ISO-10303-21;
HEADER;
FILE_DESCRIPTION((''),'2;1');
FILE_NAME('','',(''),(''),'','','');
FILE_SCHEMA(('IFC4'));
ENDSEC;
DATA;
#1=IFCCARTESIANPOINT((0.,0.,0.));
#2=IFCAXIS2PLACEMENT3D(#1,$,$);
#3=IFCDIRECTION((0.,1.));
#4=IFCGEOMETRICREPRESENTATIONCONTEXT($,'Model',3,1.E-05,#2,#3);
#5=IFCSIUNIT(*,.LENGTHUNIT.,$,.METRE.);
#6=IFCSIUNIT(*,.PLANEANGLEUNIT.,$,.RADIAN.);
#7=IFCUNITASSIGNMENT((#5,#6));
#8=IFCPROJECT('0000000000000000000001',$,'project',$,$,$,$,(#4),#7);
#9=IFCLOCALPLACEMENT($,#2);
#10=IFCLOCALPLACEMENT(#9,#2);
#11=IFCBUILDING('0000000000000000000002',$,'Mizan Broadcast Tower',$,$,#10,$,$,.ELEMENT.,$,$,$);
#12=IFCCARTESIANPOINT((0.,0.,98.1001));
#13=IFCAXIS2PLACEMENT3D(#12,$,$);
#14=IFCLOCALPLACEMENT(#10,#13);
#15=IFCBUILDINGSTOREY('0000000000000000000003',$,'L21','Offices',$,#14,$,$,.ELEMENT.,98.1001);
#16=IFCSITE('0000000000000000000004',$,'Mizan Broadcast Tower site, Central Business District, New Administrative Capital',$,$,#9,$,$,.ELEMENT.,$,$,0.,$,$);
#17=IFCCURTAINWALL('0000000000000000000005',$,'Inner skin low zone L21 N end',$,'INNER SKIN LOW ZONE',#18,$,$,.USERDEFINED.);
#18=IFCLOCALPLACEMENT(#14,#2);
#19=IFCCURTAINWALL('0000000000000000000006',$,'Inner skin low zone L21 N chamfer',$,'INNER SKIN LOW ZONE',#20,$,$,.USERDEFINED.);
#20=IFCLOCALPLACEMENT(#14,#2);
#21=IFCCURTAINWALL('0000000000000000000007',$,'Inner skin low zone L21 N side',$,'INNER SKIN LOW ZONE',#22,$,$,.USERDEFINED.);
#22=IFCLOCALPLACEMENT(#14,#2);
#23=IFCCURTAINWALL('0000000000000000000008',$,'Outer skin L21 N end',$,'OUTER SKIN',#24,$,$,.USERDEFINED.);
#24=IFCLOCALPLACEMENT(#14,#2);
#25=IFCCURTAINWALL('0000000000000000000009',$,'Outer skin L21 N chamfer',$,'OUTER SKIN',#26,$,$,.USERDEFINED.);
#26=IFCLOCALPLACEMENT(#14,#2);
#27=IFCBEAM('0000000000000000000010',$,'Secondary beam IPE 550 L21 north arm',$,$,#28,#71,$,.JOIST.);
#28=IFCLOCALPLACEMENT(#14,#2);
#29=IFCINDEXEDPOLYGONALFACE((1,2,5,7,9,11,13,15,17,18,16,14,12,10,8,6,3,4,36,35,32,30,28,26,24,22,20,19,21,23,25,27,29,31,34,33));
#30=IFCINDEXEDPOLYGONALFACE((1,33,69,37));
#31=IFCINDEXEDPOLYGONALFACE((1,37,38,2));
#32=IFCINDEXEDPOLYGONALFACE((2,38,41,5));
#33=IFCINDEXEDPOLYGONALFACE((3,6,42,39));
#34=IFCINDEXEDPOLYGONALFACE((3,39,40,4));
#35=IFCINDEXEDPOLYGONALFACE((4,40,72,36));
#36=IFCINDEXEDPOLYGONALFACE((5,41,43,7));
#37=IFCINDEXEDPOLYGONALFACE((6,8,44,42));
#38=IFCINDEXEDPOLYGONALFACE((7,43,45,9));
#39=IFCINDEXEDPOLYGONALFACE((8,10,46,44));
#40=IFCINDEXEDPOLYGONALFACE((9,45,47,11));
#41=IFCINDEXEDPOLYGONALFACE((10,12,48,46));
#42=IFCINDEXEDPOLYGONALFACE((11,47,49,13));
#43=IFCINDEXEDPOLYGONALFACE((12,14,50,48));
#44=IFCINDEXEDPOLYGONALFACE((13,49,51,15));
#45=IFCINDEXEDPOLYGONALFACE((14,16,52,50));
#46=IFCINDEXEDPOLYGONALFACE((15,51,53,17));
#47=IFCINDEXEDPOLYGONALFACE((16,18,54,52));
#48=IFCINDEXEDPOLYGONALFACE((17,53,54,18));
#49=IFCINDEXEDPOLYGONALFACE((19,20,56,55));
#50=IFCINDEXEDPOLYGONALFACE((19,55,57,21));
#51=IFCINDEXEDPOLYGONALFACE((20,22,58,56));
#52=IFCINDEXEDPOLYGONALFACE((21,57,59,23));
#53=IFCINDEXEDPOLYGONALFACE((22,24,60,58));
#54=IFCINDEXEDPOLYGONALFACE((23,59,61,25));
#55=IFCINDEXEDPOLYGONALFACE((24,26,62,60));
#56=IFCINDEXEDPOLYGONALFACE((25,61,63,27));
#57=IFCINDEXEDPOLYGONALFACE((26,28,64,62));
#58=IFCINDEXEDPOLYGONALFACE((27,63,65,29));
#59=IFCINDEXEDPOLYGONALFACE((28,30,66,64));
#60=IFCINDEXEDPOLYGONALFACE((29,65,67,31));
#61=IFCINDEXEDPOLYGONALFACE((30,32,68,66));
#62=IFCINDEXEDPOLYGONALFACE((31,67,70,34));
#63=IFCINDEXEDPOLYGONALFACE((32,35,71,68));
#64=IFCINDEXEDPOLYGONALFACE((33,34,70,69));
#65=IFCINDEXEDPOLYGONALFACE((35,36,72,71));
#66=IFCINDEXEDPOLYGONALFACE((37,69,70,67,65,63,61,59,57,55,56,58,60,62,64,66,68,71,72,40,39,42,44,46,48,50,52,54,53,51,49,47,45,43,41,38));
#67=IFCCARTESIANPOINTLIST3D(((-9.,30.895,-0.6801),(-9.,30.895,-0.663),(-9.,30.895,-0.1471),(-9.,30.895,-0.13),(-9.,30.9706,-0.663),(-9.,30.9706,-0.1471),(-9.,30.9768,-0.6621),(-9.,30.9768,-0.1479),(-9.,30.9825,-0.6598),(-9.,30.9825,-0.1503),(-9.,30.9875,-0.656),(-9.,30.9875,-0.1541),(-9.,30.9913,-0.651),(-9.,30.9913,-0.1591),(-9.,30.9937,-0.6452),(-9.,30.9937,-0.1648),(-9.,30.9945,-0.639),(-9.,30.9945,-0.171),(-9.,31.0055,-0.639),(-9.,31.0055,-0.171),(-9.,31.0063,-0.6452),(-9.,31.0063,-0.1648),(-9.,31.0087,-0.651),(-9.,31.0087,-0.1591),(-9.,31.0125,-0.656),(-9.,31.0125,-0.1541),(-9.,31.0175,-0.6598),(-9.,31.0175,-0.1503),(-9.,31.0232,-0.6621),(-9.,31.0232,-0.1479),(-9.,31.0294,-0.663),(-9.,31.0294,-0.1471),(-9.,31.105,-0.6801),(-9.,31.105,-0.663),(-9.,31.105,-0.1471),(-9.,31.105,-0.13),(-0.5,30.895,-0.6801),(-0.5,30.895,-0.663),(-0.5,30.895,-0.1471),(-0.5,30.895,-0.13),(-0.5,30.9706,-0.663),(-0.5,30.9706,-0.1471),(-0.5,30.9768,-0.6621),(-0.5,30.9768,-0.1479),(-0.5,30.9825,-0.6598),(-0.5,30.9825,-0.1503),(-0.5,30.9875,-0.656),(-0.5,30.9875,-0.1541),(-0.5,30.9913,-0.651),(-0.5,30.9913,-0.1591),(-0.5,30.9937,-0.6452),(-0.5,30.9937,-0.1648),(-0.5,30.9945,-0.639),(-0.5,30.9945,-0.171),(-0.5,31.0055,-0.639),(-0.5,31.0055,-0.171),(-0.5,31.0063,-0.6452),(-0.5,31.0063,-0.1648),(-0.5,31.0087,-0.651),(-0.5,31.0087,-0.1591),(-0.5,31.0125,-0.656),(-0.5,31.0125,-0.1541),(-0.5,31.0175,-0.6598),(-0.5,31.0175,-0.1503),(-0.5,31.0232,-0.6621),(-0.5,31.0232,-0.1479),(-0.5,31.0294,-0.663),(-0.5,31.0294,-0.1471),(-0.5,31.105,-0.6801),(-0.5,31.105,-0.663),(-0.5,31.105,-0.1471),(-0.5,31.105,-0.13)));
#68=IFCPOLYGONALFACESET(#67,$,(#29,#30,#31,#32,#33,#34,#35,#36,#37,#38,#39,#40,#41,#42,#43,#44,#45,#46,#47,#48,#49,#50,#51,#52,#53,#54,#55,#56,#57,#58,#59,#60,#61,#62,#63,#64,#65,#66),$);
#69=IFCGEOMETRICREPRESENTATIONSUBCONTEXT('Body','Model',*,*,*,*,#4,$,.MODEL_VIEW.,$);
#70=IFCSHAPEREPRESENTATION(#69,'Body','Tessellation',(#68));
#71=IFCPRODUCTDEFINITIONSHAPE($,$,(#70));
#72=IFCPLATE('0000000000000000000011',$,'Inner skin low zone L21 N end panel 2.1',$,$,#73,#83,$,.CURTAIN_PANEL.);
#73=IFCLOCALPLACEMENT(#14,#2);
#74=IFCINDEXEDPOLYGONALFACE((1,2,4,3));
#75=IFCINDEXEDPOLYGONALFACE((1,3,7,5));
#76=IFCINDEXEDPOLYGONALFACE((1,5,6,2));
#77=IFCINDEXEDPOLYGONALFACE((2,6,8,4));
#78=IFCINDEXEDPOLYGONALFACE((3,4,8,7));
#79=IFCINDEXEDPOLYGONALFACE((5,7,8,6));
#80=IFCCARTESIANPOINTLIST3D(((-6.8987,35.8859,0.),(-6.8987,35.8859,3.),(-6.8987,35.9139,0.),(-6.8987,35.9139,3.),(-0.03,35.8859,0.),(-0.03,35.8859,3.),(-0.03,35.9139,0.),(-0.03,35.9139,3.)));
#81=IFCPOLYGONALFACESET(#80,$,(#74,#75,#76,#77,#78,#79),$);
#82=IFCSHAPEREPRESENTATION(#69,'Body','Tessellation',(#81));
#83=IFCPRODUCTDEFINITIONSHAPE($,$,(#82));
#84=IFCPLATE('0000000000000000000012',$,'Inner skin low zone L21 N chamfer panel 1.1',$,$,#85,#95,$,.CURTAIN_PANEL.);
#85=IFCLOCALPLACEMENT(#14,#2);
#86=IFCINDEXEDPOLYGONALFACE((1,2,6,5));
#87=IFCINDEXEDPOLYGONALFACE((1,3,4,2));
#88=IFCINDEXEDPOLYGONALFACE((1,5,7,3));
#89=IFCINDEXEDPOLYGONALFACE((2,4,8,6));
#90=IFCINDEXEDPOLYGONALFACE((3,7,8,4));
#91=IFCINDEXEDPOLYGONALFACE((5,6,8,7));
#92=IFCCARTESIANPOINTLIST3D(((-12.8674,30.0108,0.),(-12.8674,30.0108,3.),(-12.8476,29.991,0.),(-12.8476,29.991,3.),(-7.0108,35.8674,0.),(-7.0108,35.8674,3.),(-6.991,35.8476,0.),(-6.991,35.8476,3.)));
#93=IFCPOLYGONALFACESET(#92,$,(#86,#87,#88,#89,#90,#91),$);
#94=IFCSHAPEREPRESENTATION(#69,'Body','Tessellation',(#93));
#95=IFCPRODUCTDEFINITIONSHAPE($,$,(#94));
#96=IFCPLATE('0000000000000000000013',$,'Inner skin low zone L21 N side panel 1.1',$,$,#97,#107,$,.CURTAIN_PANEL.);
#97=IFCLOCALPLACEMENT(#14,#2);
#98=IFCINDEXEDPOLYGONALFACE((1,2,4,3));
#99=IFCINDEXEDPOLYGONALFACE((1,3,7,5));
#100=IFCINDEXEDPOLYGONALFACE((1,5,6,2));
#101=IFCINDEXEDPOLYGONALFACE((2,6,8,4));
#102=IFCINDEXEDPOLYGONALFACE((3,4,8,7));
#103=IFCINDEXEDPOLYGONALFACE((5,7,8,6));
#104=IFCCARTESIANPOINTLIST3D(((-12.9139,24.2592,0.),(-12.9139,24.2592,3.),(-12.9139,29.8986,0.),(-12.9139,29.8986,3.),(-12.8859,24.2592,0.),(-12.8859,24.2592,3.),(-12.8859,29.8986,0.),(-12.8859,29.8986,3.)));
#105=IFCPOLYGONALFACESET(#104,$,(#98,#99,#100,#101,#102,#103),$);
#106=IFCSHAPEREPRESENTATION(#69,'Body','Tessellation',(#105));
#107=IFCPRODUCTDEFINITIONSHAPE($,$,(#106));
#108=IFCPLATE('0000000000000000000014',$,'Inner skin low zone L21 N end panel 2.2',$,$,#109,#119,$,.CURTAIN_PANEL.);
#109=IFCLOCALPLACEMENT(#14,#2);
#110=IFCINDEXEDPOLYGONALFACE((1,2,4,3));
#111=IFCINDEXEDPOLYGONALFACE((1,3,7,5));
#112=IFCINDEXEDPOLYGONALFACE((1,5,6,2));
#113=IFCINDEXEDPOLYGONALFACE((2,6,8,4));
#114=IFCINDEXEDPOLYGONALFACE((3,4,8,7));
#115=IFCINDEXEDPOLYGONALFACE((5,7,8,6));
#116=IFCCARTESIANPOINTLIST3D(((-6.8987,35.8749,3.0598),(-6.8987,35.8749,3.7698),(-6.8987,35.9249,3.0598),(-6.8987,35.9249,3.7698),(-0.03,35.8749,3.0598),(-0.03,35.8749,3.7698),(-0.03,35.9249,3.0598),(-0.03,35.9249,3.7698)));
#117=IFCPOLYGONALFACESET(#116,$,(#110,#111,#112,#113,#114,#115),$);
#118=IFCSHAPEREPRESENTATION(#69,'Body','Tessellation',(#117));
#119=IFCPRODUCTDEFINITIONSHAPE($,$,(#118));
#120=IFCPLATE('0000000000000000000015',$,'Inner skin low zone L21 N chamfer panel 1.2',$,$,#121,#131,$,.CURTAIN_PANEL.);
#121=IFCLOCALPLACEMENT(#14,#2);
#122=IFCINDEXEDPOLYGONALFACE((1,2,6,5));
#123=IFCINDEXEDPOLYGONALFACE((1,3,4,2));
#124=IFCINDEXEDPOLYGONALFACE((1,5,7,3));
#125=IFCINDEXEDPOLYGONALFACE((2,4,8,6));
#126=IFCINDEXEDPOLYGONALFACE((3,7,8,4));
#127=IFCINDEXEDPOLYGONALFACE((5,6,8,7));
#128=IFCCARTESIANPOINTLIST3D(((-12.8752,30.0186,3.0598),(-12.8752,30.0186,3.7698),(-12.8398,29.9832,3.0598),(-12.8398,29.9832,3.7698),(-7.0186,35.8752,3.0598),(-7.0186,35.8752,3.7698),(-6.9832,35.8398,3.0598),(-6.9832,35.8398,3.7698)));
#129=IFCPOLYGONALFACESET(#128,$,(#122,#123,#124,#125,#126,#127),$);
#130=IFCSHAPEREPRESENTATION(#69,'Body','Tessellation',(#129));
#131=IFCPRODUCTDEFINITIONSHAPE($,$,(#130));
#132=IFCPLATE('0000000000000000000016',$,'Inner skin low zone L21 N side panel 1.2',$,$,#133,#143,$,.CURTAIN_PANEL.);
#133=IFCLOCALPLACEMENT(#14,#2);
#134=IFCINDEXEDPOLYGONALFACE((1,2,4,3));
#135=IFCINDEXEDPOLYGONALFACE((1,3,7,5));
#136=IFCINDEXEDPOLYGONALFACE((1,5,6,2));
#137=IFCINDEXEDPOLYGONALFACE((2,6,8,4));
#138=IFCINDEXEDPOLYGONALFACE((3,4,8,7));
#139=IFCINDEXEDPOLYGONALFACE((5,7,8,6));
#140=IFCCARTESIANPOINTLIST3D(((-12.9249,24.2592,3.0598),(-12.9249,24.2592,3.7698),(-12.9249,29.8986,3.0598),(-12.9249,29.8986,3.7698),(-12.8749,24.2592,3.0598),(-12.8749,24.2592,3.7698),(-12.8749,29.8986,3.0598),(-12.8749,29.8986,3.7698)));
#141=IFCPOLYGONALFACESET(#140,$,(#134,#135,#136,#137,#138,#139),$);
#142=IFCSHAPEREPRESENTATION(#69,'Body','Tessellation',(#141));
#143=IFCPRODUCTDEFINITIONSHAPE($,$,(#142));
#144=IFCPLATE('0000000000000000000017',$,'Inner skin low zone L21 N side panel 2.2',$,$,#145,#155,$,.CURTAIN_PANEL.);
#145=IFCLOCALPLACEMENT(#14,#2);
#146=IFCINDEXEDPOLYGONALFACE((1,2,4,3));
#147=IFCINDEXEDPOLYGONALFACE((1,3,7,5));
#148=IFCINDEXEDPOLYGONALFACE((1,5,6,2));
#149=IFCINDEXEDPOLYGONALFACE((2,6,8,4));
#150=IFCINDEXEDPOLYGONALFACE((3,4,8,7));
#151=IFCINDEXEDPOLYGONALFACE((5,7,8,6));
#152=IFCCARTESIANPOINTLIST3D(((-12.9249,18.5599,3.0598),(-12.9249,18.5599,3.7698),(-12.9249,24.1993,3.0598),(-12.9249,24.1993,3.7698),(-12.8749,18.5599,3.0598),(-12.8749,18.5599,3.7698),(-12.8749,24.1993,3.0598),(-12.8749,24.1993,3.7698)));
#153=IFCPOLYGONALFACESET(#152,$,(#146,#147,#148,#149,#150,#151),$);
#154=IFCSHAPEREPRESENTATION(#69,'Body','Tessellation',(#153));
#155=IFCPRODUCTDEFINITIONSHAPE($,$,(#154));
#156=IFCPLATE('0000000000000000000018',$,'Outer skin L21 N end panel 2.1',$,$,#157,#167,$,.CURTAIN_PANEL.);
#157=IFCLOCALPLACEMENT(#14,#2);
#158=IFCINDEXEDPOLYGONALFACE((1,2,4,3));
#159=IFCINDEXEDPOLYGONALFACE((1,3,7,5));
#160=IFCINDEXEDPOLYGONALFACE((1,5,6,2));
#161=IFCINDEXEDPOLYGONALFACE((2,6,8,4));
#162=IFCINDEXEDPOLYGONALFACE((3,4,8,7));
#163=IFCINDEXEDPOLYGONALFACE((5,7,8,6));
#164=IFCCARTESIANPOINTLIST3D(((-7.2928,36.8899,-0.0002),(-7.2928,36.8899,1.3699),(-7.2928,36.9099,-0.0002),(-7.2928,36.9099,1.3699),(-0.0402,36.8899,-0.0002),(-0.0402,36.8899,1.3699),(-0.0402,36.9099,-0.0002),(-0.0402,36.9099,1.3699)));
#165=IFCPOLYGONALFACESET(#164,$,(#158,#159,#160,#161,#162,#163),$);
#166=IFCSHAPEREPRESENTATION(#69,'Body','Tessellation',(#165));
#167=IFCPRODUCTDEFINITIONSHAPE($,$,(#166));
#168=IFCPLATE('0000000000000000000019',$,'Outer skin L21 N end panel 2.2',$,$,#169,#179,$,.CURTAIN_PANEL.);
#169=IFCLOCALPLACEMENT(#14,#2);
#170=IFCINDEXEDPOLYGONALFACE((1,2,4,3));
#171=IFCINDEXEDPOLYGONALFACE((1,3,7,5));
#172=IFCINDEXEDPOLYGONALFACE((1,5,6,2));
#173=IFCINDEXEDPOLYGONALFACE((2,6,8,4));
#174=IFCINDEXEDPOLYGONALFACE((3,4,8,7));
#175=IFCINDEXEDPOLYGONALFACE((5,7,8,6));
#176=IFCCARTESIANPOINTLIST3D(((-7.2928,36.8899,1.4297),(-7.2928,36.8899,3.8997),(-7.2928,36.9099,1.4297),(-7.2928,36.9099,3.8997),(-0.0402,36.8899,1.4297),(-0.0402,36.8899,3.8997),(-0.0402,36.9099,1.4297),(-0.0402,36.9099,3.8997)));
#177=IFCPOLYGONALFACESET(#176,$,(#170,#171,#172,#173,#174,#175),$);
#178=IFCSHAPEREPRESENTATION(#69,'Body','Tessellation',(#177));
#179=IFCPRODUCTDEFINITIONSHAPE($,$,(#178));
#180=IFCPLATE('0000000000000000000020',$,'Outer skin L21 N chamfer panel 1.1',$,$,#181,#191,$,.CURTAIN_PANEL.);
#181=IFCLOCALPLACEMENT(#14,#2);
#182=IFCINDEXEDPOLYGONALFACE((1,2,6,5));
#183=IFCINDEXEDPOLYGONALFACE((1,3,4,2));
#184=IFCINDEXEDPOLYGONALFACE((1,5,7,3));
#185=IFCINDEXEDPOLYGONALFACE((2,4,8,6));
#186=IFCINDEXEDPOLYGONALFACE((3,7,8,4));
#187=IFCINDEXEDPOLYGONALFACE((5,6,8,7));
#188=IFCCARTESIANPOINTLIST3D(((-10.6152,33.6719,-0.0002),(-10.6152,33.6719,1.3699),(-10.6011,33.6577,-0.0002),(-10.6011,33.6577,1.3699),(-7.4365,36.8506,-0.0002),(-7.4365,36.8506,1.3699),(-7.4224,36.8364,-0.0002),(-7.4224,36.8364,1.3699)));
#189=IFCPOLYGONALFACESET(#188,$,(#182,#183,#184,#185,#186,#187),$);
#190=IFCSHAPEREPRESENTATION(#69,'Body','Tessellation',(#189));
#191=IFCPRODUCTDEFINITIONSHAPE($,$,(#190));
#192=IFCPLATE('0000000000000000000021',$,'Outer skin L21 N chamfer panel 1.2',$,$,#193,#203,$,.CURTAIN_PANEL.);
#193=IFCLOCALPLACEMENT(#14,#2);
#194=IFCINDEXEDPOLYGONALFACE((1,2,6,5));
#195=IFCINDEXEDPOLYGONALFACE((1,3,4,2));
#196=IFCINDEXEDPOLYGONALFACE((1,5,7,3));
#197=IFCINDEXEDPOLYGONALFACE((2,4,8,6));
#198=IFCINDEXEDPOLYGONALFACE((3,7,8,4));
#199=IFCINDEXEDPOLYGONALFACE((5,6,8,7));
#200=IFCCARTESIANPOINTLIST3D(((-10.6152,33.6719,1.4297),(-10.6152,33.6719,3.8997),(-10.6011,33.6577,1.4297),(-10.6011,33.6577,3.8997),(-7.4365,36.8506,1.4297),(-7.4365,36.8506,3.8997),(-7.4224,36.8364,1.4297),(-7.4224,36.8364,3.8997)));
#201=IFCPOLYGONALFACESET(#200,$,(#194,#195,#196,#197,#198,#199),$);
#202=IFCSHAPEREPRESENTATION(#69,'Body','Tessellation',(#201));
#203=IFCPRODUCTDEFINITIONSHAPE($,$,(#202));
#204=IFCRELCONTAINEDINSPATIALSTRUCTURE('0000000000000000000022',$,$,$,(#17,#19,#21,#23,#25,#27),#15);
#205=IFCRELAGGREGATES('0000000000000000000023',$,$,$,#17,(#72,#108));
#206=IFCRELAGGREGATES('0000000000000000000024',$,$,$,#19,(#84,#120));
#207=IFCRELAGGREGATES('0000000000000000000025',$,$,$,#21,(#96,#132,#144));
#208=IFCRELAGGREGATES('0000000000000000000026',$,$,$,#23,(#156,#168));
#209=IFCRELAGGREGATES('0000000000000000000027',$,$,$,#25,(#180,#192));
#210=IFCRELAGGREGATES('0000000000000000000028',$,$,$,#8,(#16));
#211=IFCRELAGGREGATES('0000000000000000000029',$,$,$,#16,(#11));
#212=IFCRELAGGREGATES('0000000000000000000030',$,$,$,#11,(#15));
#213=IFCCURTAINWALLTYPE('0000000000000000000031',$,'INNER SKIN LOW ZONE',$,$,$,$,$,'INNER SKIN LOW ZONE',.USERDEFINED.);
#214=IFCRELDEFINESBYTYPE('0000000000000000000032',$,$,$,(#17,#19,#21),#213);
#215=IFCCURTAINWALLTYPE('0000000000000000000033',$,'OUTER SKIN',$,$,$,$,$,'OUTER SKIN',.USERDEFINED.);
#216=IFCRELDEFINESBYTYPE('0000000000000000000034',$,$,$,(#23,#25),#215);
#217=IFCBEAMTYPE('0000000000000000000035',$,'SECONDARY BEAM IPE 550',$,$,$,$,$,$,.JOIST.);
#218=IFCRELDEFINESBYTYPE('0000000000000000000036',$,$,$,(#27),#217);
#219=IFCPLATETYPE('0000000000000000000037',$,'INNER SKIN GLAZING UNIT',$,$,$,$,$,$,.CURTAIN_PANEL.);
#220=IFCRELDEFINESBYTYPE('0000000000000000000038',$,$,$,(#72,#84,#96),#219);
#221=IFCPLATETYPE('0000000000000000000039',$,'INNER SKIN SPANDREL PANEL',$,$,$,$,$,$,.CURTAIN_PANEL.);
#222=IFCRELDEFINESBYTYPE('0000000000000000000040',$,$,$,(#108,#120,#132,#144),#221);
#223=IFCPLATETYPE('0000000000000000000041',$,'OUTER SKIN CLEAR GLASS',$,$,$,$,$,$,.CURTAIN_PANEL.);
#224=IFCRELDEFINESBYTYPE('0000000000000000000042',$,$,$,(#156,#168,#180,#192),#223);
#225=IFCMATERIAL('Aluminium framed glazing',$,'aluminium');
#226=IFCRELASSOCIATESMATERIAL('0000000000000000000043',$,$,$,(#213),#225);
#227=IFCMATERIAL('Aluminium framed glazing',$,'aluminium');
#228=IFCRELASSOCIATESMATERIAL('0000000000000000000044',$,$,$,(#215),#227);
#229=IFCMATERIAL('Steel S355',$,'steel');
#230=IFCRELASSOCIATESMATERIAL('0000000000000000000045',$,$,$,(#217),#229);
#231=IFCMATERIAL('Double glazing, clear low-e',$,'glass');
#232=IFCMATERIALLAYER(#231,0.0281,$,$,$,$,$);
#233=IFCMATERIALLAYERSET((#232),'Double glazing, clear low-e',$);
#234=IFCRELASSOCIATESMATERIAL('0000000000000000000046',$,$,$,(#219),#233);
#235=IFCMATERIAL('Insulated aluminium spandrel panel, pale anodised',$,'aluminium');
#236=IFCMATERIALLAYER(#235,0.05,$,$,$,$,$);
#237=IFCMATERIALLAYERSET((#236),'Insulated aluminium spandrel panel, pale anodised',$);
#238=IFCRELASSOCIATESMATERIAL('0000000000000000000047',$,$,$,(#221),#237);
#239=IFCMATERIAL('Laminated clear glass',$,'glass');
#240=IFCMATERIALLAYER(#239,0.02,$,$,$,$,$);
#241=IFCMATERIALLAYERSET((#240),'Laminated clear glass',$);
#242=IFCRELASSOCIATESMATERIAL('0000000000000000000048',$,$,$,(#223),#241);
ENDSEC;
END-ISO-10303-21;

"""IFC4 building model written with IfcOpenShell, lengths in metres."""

from ifc_helpers import new_model, si_unit, direction, frame, origin, origin_2d, place, context, subcontext, project, spatial, rectangle, i_section, extrude, material, layer, layer_set, material_profile, profile_set, type_object, element, aggregate, save


model = new_model("IFC4")

# Units and contexts
model_context = context("Model", 3, precision=1e-05, world=origin(), true_north=direction((0.0, 1.0)))
body_context = subcontext(model_context, "Body", "Model", "MODEL_VIEW")
ifc_project = project(units=[si_unit("LENGTHUNIT", "METRE"), si_unit("PLANEANGLEUNIT", "RADIAN")], contexts=[model_context])

# Site, building, storey
site_placement = place(None, origin())
site = spatial("IfcSite", under=ifc_project, at=site_placement, Name="Mizan Broadcast Tower site, Central Business District, New Administrative Capital", CompositionType="ELEMENT", RefElevation=0.0)
building_placement = place(site_placement, origin())
building = spatial("IfcBuilding", under=site, at=building_placement, Name="Mizan Broadcast Tower", CompositionType="ELEMENT")
storey_placement = place(building_placement, frame((0.0, 0.0, 98.1001)))
storey = spatial("IfcBuildingStorey", under=building, at=storey_placement, Name="L21", Description="Offices", CompositionType="ELEMENT", Elevation=98.1001)

# Curtain walls
ifc_material_1 = material(Name="Aluminium framed glazing", Category="aluminium")
curtain_wall_type_1 = type_object("IfcCurtainWallType", Name="INNER SKIN LOW ZONE", ElementType="INNER SKIN LOW ZONE", PredefinedType="USERDEFINED", material=ifc_material_1)
curtain_wall_1_placement = place(storey_placement, origin())
curtain_wall_1 = element("IfcCurtainWall", 1, at=curtain_wall_1_placement, inside=storey, type_object=curtain_wall_type_1, Name="Inner skin low zone L21 N end", ObjectType="INNER SKIN LOW ZONE", PredefinedType="USERDEFINED")
curtain_wall_2_placement = place(storey_placement, origin())
curtain_wall_2 = element("IfcCurtainWall", 2, at=curtain_wall_2_placement, inside=storey, type_object=curtain_wall_type_1, Name="Inner skin low zone L21 N chamfer", ObjectType="INNER SKIN LOW ZONE", PredefinedType="USERDEFINED")
curtain_wall_3_placement = place(storey_placement, origin())
curtain_wall_3 = element("IfcCurtainWall", 3, at=curtain_wall_3_placement, inside=storey, type_object=curtain_wall_type_1, Name="Inner skin low zone L21 N side", ObjectType="INNER SKIN LOW ZONE", PredefinedType="USERDEFINED")

# Curtain walls
ifc_material_2 = material(Name="Aluminium framed glazing", Category="aluminium")
curtain_wall_type_2 = type_object("IfcCurtainWallType", Name="OUTER SKIN", ElementType="OUTER SKIN", PredefinedType="USERDEFINED", material=ifc_material_2)
curtain_wall_4_placement = place(storey_placement, origin())
curtain_wall_4 = element("IfcCurtainWall", 4, at=curtain_wall_4_placement, inside=storey, type_object=curtain_wall_type_2, Name="Outer skin L21 N end", ObjectType="OUTER SKIN", PredefinedType="USERDEFINED")
curtain_wall_5_placement = place(storey_placement, origin())
curtain_wall_5 = element("IfcCurtainWall", 5, at=curtain_wall_5_placement, inside=storey, type_object=curtain_wall_type_2, Name="Outer skin L21 N chamfer", ObjectType="OUTER SKIN", PredefinedType="USERDEFINED")

# Beam
ifc_material_3 = material(Name="Steel S355", Category="steel")
ifc_material_profile_1 = material_profile(ifc_material_3, i_section(OverallWidth=0.21, OverallDepth=0.55, WebThickness=0.011, FlangeThickness=0.0171, FilletRadius=0.0239, at=origin_2d()), Name="IPE 550")
ifc_profile_set_1 = profile_set([ifc_material_profile_1], Name="Steel S355")
beam_type_1 = type_object("IfcBeamType", Name="SECONDARY BEAM IPE 550", PredefinedType="JOIST", material=ifc_profile_set_1)
beam_1_placement = place(storey_placement, frame((-9.0, 31.0, -0.405), z_axis=(1.0, 0.0, 0.0), x_axis=(0.0, 1.0, 0.0)))
element("IfcBeam", 6, at=beam_1_placement, inside=storey, type_object=beam_type_1, Name="Secondary beam IPE 550 L21 north arm", PredefinedType="JOIST", context=body_context, shape_type="SweptSolid", body=[
    extrude(i_section(OverallWidth=0.21, OverallDepth=0.55, WebThickness=0.011, FlangeThickness=0.0171, FilletRadius=0.0239, at=origin_2d()), origin(), (0.0, 0.0, 1.0), 8.5),
])

# Plates
ifc_material_4 = material(Name="Double glazing, clear low-e", Category="glass")
ifc_layer_1 = layer(ifc_material_4, 0.0281)
ifc_layer_set_1 = layer_set([ifc_layer_1], Name="Double glazing, clear low-e")
plate_type_1 = type_object("IfcPlateType", Name="INNER SKIN GLAZING UNIT", PredefinedType="CURTAIN_PANEL", material=ifc_layer_set_1)
plate_1_placement = place(storey_placement, frame((-3.4644, 35.8999, 0.0), z_axis=(0.0, 0.0, 1.0), x_axis=(-1.0, 0.0, 0.0)))
plate_1 = element("IfcPlate", 7, at=plate_1_placement, type_object=plate_type_1, Name="Inner skin low zone L21 N end panel 2.1", PredefinedType="CURTAIN_PANEL", context=body_context, shape_type="SweptSolid", body=[
    extrude(rectangle(XDim=6.8687, YDim=0.0281, at=origin_2d()), origin(), (0.0, 0.0, 1.0), 3.0),
])
plate_2_placement = place(storey_placement, frame((-9.9292, 32.9292, 0.0), z_axis=(0.0, 0.0, 1.0), x_axis=(-0.707107, -0.707107, 0.0)))
plate_2 = element("IfcPlate", 8, at=plate_2_placement, type_object=plate_type_1, Name="Inner skin low zone L21 N chamfer panel 1.1", PredefinedType="CURTAIN_PANEL", context=body_context, shape_type="SweptSolid", body=[
    extrude(rectangle(XDim=8.2825, YDim=0.0281, at=origin_2d()), origin(), (0.0, 0.0, 1.0), 3.0),
])
plate_3_placement = place(storey_placement, frame((-12.8999, 27.0789, 0.0), z_axis=(0.0, 0.0, 1.0), x_axis=(0.0, -1.0, 0.0)))
plate_3 = element("IfcPlate", 9, at=plate_3_placement, type_object=plate_type_1, Name="Inner skin low zone L21 N side panel 1.1", PredefinedType="CURTAIN_PANEL", context=body_context, shape_type="SweptSolid", body=[
    extrude(rectangle(XDim=5.6394, YDim=0.0281, at=origin_2d()), origin(), (0.0, 0.0, 1.0), 3.0),
])
ifc_material_5 = material(Name="Insulated aluminium spandrel panel, pale anodised", Category="aluminium")
ifc_layer_2 = layer(ifc_material_5, 0.05)
ifc_layer_set_2 = layer_set([ifc_layer_2], Name="Insulated aluminium spandrel panel, pale anodised")
plate_type_2 = type_object("IfcPlateType", Name="INNER SKIN SPANDREL PANEL", PredefinedType="CURTAIN_PANEL", material=ifc_layer_set_2)
plate_4_placement = place(storey_placement, frame((-3.4644, 35.8999, 3.0598), z_axis=(0.0, 0.0, 1.0), x_axis=(-1.0, 0.0, 0.0)))
plate_4 = element("IfcPlate", 10, at=plate_4_placement, type_object=plate_type_2, Name="Inner skin low zone L21 N end panel 2.2", PredefinedType="CURTAIN_PANEL", context=body_context, shape_type="SweptSolid", body=[
    extrude(rectangle(XDim=6.8687, YDim=0.05, at=origin_2d()), origin(), (0.0, 0.0, 1.0), 0.71),
])
aggregate(curtain_wall_1, [plate_1, plate_4])
plate_5_placement = place(storey_placement, frame((-9.9292, 32.9292, 3.0598), z_axis=(0.0, 0.0, 1.0), x_axis=(-0.707107, -0.707107, 0.0)))
plate_5 = element("IfcPlate", 11, at=plate_5_placement, type_object=plate_type_2, Name="Inner skin low zone L21 N chamfer panel 1.2", PredefinedType="CURTAIN_PANEL", context=body_context, shape_type="SweptSolid", body=[
    extrude(rectangle(XDim=8.2825, YDim=0.05, at=origin_2d()), origin(), (0.0, 0.0, 1.0), 0.71),
])
aggregate(curtain_wall_2, [plate_2, plate_5])
plate_6_placement = place(storey_placement, frame((-12.8999, 27.0789, 3.0598), z_axis=(0.0, 0.0, 1.0), x_axis=(0.0, -1.0, 0.0)))
plate_6 = element("IfcPlate", 12, at=plate_6_placement, type_object=plate_type_2, Name="Inner skin low zone L21 N side panel 1.2", PredefinedType="CURTAIN_PANEL", context=body_context, shape_type="SweptSolid", body=[
    extrude(rectangle(XDim=5.6394, YDim=0.05, at=origin_2d()), origin(), (0.0, 0.0, 1.0), 0.71),
])
plate_7_placement = place(storey_placement, frame((-12.8999, 21.3796, 3.0598), z_axis=(0.0, 0.0, 1.0), x_axis=(0.0, -1.0, 0.0)))
plate_7 = element("IfcPlate", 13, at=plate_7_placement, type_object=plate_type_2, Name="Inner skin low zone L21 N side panel 2.2", PredefinedType="CURTAIN_PANEL", context=body_context, shape_type="SweptSolid", body=[
    extrude(rectangle(XDim=5.6394, YDim=0.05, at=origin_2d()), origin(), (0.0, 0.0, 1.0), 0.71),
])
aggregate(curtain_wall_3, [plate_3, plate_6, plate_7])
ifc_material_6 = material(Name="Laminated clear glass", Category="glass")
ifc_layer_3 = layer(ifc_material_6, 0.02)
ifc_layer_set_3 = layer_set([ifc_layer_3], Name="Laminated clear glass")
plate_type_3 = type_object("IfcPlateType", Name="OUTER SKIN CLEAR GLASS", PredefinedType="CURTAIN_PANEL", material=ifc_layer_set_3)
plate_8_placement = place(storey_placement, frame((-3.6665, 36.8999, -0.0002), z_axis=(0.0, 0.0, 1.0), x_axis=(-1.0, 0.0, 0.0)))
plate_8 = element("IfcPlate", 14, at=plate_8_placement, type_object=plate_type_3, Name="Outer skin L21 N end panel 2.1", PredefinedType="CURTAIN_PANEL", context=body_context, shape_type="SweptSolid", body=[
    extrude(rectangle(XDim=7.2527, YDim=0.02, at=origin_2d()), origin(), (0.0, 0.0, 1.0), 1.3701),
])
plate_9_placement = place(storey_placement, frame((-3.6665, 36.8999, 1.4297), z_axis=(0.0, 0.0, 1.0), x_axis=(-1.0, 0.0, 0.0)))
plate_9 = element("IfcPlate", 15, at=plate_9_placement, type_object=plate_type_3, Name="Outer skin L21 N end panel 2.2", PredefinedType="CURTAIN_PANEL", context=body_context, shape_type="SweptSolid", body=[
    extrude(rectangle(XDim=7.2527, YDim=0.02, at=origin_2d()), origin(), (0.0, 0.0, 1.0), 2.47),
])
aggregate(curtain_wall_4, [plate_8, plate_9])
plate_10_placement = place(storey_placement, frame((-9.0188, 35.2542, -0.0002), z_axis=(0.0, 0.0, 1.0), x_axis=(-0.707107, -0.707107, 0.0)))
plate_10 = element("IfcPlate", 16, at=plate_10_placement, type_object=plate_type_3, Name="Outer skin L21 N chamfer panel 1.1", PredefinedType="CURTAIN_PANEL", context=body_context, shape_type="SweptSolid", body=[
    extrude(rectangle(XDim=4.4954, YDim=0.02, at=origin_2d()), origin(), (0.0, 0.0, 1.0), 1.3701),
])
plate_11_placement = place(storey_placement, frame((-9.0188, 35.2542, 1.4297), z_axis=(0.0, 0.0, 1.0), x_axis=(-0.707107, -0.707107, 0.0)))
plate_11 = element("IfcPlate", 17, at=plate_11_placement, type_object=plate_type_3, Name="Outer skin L21 N chamfer panel 1.2", PredefinedType="CURTAIN_PANEL", context=body_context, shape_type="SweptSolid", body=[
    extrude(rectangle(XDim=4.4954, YDim=0.02, at=origin_2d()), origin(), (0.0, 0.0, 1.0), 2.47),
])
aggregate(curtain_wall_5, [plate_10, plate_11])

save(model, "model.ifc")
